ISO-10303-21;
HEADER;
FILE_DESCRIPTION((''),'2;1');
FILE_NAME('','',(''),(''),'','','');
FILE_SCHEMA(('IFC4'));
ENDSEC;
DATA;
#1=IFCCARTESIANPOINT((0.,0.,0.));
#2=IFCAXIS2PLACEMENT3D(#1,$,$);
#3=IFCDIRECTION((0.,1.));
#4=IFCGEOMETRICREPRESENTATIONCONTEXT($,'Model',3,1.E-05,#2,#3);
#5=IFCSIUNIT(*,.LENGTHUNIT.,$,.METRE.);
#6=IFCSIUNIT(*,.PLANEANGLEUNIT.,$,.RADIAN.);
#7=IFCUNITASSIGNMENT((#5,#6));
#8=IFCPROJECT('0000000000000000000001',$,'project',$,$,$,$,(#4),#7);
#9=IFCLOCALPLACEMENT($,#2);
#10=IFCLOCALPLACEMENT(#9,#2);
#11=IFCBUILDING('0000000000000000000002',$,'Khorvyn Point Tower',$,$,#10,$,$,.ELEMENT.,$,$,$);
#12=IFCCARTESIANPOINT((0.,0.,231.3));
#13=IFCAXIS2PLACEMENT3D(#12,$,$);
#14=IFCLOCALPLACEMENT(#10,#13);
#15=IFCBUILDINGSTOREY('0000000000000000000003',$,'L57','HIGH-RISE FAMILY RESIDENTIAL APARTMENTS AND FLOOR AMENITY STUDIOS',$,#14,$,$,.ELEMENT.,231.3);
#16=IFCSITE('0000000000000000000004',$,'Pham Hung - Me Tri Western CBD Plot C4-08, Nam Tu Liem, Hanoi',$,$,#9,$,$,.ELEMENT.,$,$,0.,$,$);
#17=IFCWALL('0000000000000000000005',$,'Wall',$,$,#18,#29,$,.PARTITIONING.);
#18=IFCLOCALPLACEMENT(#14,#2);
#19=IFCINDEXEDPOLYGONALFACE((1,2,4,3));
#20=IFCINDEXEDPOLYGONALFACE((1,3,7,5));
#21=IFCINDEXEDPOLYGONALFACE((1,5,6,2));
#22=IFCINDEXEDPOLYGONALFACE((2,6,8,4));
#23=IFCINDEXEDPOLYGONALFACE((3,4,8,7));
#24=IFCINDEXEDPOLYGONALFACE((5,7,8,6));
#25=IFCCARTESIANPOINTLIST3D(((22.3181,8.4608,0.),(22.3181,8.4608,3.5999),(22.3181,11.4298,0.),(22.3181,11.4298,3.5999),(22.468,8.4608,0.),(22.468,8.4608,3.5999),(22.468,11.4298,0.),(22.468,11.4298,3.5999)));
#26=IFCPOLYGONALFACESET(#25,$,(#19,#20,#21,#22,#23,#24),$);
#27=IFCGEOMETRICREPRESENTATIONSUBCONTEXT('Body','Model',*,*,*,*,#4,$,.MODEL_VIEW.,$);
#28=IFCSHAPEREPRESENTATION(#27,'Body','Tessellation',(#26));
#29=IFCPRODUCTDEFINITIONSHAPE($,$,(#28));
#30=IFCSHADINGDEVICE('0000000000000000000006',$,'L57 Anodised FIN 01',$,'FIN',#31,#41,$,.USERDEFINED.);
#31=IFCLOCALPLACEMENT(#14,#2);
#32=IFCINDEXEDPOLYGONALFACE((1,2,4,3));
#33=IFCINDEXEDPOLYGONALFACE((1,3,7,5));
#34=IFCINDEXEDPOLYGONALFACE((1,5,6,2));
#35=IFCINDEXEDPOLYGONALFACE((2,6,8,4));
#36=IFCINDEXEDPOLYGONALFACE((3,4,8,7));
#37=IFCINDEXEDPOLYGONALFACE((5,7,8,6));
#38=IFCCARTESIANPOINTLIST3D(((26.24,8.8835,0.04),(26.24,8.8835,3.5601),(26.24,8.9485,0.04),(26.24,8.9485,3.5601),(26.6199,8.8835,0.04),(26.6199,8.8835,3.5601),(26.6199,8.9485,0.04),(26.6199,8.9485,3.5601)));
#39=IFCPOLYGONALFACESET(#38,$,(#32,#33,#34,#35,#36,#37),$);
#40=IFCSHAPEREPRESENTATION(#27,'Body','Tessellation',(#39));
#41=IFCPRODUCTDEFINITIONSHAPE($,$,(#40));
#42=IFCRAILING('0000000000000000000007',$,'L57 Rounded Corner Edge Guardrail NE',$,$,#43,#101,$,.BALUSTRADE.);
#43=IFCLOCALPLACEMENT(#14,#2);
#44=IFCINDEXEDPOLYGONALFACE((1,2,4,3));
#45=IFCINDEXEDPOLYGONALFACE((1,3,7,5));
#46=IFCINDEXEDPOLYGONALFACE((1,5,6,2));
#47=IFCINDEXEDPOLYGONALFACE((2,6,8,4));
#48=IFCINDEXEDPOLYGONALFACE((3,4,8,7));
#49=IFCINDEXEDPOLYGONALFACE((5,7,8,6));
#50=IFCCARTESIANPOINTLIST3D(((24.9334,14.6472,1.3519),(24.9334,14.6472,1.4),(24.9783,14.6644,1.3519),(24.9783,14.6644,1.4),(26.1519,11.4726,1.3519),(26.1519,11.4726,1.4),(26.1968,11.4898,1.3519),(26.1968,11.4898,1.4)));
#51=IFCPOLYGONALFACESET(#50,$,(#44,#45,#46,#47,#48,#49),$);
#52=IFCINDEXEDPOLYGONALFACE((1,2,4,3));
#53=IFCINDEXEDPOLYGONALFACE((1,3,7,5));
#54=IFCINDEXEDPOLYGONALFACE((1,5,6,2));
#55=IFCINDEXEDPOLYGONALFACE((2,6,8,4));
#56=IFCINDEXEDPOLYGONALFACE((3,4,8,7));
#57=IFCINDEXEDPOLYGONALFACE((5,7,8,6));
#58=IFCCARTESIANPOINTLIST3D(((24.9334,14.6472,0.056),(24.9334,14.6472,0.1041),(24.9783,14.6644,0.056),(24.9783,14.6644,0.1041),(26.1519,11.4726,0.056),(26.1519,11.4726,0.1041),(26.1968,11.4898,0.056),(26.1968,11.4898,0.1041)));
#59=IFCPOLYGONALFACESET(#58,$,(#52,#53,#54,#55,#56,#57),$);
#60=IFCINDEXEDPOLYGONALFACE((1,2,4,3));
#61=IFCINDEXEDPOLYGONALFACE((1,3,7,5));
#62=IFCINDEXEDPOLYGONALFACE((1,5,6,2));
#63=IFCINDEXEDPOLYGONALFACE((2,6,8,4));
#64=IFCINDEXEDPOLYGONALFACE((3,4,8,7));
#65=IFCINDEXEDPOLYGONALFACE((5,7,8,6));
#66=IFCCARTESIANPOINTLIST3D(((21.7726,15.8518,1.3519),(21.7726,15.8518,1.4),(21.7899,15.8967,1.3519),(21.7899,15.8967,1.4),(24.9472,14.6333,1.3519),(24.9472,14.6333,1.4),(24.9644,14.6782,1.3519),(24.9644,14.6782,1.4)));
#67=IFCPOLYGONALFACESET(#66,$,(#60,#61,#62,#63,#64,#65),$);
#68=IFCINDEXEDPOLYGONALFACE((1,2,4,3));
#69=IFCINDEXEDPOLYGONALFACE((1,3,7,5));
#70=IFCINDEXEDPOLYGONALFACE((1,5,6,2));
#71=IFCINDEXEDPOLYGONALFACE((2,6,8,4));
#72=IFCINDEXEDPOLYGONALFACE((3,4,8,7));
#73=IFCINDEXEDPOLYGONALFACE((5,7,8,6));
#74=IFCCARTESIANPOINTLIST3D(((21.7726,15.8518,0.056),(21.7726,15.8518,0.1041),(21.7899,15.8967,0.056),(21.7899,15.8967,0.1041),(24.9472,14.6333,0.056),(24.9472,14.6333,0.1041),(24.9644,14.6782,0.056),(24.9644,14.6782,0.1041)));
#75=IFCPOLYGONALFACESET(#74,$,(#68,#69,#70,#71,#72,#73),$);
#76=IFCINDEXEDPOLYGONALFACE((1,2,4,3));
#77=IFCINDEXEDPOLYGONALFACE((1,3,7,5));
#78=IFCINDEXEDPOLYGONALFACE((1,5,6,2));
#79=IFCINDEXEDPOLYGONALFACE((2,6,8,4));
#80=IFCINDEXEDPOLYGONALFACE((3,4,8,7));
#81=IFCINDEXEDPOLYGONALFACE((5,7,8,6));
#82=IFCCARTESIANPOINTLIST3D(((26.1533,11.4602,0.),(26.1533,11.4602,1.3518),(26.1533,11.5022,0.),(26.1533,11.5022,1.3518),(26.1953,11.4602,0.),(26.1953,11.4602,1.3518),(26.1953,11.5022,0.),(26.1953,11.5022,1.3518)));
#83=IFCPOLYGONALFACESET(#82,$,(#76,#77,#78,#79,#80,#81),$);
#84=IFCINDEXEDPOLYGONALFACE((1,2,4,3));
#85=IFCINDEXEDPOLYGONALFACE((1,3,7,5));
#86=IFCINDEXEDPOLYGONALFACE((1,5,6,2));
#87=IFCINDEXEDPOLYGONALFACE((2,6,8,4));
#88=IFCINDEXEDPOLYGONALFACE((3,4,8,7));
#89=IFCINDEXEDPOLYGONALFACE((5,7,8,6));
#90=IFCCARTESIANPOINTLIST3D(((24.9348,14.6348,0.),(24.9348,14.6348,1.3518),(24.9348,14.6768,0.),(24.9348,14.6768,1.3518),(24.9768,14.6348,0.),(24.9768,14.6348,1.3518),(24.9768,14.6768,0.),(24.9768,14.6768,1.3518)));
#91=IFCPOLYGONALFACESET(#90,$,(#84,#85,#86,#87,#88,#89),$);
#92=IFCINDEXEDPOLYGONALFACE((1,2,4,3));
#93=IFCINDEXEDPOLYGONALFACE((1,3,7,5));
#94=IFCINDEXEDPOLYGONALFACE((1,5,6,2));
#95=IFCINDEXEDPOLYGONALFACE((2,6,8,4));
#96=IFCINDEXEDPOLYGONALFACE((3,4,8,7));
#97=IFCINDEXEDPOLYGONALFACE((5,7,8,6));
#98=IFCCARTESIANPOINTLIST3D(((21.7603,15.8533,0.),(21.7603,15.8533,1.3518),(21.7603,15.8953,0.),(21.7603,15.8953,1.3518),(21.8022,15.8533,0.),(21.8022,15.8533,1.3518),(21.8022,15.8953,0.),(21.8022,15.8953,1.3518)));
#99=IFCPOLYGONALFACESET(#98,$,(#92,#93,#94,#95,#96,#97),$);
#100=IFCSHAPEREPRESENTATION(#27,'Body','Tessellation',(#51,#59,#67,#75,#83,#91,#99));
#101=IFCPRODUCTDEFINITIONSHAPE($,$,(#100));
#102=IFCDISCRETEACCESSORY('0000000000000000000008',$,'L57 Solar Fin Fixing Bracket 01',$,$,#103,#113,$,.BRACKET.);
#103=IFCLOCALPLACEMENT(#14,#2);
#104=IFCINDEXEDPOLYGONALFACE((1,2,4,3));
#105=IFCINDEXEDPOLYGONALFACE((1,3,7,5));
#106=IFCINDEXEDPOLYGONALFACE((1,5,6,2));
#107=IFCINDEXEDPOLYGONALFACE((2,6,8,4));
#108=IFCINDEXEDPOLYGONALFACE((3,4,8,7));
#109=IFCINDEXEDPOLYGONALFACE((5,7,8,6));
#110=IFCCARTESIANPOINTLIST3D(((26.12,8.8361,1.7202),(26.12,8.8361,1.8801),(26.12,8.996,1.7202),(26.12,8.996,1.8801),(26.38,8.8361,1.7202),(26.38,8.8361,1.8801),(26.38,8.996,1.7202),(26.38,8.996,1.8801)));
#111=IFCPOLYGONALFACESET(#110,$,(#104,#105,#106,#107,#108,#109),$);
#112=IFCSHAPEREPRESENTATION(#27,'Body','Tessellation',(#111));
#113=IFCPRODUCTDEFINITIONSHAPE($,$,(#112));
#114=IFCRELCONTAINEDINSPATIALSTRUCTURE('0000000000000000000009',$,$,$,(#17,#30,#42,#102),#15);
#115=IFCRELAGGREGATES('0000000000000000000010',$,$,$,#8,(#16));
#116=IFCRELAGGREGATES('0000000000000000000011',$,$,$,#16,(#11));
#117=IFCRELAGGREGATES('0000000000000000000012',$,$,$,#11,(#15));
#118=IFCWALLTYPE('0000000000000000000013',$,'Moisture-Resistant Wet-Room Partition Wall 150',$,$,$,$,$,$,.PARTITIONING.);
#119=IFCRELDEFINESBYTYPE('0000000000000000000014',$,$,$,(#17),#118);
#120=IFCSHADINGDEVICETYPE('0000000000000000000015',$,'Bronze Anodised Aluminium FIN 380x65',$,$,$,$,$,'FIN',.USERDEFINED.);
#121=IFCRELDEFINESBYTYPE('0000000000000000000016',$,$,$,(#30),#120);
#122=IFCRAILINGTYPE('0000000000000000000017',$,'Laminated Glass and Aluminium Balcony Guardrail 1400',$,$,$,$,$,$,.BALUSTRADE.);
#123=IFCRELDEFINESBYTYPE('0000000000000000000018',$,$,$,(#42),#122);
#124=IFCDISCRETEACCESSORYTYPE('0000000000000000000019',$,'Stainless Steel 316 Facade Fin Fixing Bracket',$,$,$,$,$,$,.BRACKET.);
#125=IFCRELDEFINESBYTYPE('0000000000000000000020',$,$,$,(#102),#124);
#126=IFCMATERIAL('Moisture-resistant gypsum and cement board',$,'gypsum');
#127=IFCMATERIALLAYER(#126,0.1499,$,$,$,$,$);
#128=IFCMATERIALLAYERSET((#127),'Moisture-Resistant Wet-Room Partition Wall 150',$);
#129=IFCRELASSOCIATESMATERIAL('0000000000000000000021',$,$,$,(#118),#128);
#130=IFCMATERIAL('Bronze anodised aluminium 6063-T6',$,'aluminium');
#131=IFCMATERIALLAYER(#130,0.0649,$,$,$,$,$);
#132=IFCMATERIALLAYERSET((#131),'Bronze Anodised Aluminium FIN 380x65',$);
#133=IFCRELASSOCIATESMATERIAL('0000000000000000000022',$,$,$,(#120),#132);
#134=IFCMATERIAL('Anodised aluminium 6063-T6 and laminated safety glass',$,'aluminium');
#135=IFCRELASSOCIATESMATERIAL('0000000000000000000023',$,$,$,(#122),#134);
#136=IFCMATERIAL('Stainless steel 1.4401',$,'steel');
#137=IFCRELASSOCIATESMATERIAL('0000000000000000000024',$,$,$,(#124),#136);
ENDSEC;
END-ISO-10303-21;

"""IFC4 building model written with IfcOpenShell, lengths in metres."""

from ifc_helpers import new_model, si_unit, direction, frame, frame_2d, origin, origin_2d, place, context, subcontext, project, spatial, rectangle, extrude, material, layer, layer_set, type_object, element, save


model = new_model("IFC4")

# Units and contexts
model_context = context("Model", 3, precision=1e-05, world=origin(), true_north=direction((0.0, 1.0)))
body_context = subcontext(model_context, "Body", "Model", "MODEL_VIEW")
ifc_project = project(units=[si_unit("LENGTHUNIT", "METRE"), si_unit("PLANEANGLEUNIT", "RADIAN")], contexts=[model_context])

# Site, building, storey
site_placement = place(None, origin())
site = spatial("IfcSite", under=ifc_project, at=site_placement, Name="Pham Hung - Me Tri Western CBD Plot C4-08, Nam Tu Liem, Hanoi", CompositionType="ELEMENT", RefElevation=0.0)
building_placement = place(site_placement, origin())
building = spatial("IfcBuilding", under=site, at=building_placement, Name="Khorvyn Point Tower", CompositionType="ELEMENT")
storey_placement = place(building_placement, frame((0.0, 0.0, 231.3)))
storey = spatial("IfcBuildingStorey", under=building, at=storey_placement, Name="L57", Description="HIGH-RISE FAMILY RESIDENTIAL APARTMENTS AND FLOOR AMENITY STUDIOS", CompositionType="ELEMENT", Elevation=231.3)

# Shared definitions
ifc_material_1 = material(Name="Moisture-resistant gypsum and cement board", Category="gypsum")
ifc_layer_1 = layer(ifc_material_1, 0.1499)
ifc_layer_set_1 = layer_set([ifc_layer_1], Name="Moisture-Resistant Wet-Room Partition Wall 150")
wall_type_1 = type_object("IfcWallType", Name="Moisture-Resistant Wet-Room Partition Wall 150", PredefinedType="PARTITIONING", material=ifc_layer_set_1)

# Wall
wall_1_placement = place(storey_placement, frame((22.3931, 8.4609, 0.0), z_axis=(0.0, 0.0, 1.0), x_axis=(0.0, 1.0, 0.0)))
element("IfcWall", 1, at=wall_1_placement, inside=storey, type_object=wall_type_1, Name="Wall", PredefinedType="PARTITIONING", context=body_context, shape_type="SweptSolid", body=[
    extrude(rectangle(XDim=2.969, YDim=0.1499, at=frame_2d((1.4844, 0.0))), origin(), (0.0, 0.0, 1.0), 3.5999),
])

# Shading device
ifc_material_2 = material(Name="Bronze anodised aluminium 6063-T6", Category="aluminium")
ifc_layer_2 = layer(ifc_material_2, 0.0649)
ifc_layer_set_2 = layer_set([ifc_layer_2], Name="Bronze Anodised Aluminium FIN 380x65")
shading_device_type = type_object("IfcShadingDeviceType", Name="Bronze Anodised Aluminium FIN 380x65", ElementType="FIN", PredefinedType="USERDEFINED", material=ifc_layer_set_2)
shading_device_placement = place(storey_placement, frame((26.4299, 8.916, 0.04), z_axis=(0.0, 0.0, 1.0), x_axis=(1.0, 0.0, 0.0)))
element("IfcShadingDevice", 2, at=shading_device_placement, inside=storey, type_object=shading_device_type, Name="L57 Anodised FIN 01", ObjectType="FIN", PredefinedType="USERDEFINED", context=body_context, shape_type="SweptSolid", body=[
    extrude(rectangle(XDim=0.3799, YDim=0.0649, at=origin_2d()), origin(), (0.0, 0.0, 1.0), 3.52),
])

# Railing
ifc_material_3 = material(Name="Anodised aluminium 6063-T6 and laminated safety glass", Category="aluminium")
railing_type = type_object("IfcRailingType", Name="Laminated Glass and Aluminium Balcony Guardrail 1400", PredefinedType="BALUSTRADE", material=ifc_material_3)
railing_placement = place(storey_placement, frame((26.1743, 11.4812, 0.0)))
element("IfcRailing", 3, at=railing_placement, inside=storey, type_object=railing_type, Name="L57 Rounded Corner Edge Guardrail NE", PredefinedType="BALUSTRADE", context=body_context, shape_type="SweptSolid", body=[
    extrude(rectangle(XDim=0.0481, YDim=0.0481, at=origin_2d()), frame((0.0, 0.0, 1.376), z_axis=(-0.358344, 0.93359, 0.0), x_axis=(-0.93359, -0.358344, 0.0)), (0.0, 0.0, 1.0), 3.4004),
    extrude(rectangle(XDim=0.0481, YDim=0.0481, at=origin_2d()), frame((0.0, 0.0, 0.0801), z_axis=(-0.358344, 0.93359, 0.0), x_axis=(-0.93359, -0.358344, 0.0)), (0.0, 0.0, 1.0), 3.4004),
    extrude(rectangle(XDim=0.0481, YDim=0.0481, at=origin_2d()), frame((-1.2185, 3.1746, 1.376), z_axis=(-0.93359, 0.358344, 0.0), x_axis=(-0.358344, -0.93359, 0.0)), (0.0, 0.0, 1.0), 3.4004),
    extrude(rectangle(XDim=0.0481, YDim=0.0481, at=origin_2d()), frame((-1.2185, 3.1746, 0.0801), z_axis=(-0.93359, 0.358344, 0.0), x_axis=(-0.358344, -0.93359, 0.0)), (0.0, 0.0, 1.0), 3.4004),
    extrude(rectangle(XDim=0.042, YDim=0.042, at=origin_2d()), origin(), (0.0, 0.0, 1.0), 1.3518),
    extrude(rectangle(XDim=0.042, YDim=0.042, at=origin_2d()), frame((-1.2185, 3.1746, 0.0)), (0.0, 0.0, 1.0), 1.3518),
    extrude(rectangle(XDim=0.042, YDim=0.042, at=origin_2d()), frame((-4.3931, 4.3931, 0.0)), (0.0, 0.0, 1.0), 1.3518),
])

# Discrete accessory
ifc_material_4 = material(Name="Stainless steel 1.4401", Category="steel")
discrete_accessory_type = type_object("IfcDiscreteAccessoryType", Name="Stainless Steel 316 Facade Fin Fixing Bracket", PredefinedType="BRACKET", material=ifc_material_4)
discrete_accessory_placement = place(storey_placement, frame((26.25, 8.916, 1.7202), z_axis=(0.0, 0.0, 1.0), x_axis=(0.0, -1.0, 0.0)))
element("IfcDiscreteAccessory", 4, at=discrete_accessory_placement, inside=storey, type_object=discrete_accessory_type, Name="L57 Solar Fin Fixing Bracket 01", PredefinedType="BRACKET", context=body_context, shape_type="SweptSolid", body=[
    extrude(rectangle(XDim=0.1599, YDim=0.26, at=origin_2d()), origin(), (0.0, 0.0, 1.0), 0.1599),
])

save(model, "model.ifc")
